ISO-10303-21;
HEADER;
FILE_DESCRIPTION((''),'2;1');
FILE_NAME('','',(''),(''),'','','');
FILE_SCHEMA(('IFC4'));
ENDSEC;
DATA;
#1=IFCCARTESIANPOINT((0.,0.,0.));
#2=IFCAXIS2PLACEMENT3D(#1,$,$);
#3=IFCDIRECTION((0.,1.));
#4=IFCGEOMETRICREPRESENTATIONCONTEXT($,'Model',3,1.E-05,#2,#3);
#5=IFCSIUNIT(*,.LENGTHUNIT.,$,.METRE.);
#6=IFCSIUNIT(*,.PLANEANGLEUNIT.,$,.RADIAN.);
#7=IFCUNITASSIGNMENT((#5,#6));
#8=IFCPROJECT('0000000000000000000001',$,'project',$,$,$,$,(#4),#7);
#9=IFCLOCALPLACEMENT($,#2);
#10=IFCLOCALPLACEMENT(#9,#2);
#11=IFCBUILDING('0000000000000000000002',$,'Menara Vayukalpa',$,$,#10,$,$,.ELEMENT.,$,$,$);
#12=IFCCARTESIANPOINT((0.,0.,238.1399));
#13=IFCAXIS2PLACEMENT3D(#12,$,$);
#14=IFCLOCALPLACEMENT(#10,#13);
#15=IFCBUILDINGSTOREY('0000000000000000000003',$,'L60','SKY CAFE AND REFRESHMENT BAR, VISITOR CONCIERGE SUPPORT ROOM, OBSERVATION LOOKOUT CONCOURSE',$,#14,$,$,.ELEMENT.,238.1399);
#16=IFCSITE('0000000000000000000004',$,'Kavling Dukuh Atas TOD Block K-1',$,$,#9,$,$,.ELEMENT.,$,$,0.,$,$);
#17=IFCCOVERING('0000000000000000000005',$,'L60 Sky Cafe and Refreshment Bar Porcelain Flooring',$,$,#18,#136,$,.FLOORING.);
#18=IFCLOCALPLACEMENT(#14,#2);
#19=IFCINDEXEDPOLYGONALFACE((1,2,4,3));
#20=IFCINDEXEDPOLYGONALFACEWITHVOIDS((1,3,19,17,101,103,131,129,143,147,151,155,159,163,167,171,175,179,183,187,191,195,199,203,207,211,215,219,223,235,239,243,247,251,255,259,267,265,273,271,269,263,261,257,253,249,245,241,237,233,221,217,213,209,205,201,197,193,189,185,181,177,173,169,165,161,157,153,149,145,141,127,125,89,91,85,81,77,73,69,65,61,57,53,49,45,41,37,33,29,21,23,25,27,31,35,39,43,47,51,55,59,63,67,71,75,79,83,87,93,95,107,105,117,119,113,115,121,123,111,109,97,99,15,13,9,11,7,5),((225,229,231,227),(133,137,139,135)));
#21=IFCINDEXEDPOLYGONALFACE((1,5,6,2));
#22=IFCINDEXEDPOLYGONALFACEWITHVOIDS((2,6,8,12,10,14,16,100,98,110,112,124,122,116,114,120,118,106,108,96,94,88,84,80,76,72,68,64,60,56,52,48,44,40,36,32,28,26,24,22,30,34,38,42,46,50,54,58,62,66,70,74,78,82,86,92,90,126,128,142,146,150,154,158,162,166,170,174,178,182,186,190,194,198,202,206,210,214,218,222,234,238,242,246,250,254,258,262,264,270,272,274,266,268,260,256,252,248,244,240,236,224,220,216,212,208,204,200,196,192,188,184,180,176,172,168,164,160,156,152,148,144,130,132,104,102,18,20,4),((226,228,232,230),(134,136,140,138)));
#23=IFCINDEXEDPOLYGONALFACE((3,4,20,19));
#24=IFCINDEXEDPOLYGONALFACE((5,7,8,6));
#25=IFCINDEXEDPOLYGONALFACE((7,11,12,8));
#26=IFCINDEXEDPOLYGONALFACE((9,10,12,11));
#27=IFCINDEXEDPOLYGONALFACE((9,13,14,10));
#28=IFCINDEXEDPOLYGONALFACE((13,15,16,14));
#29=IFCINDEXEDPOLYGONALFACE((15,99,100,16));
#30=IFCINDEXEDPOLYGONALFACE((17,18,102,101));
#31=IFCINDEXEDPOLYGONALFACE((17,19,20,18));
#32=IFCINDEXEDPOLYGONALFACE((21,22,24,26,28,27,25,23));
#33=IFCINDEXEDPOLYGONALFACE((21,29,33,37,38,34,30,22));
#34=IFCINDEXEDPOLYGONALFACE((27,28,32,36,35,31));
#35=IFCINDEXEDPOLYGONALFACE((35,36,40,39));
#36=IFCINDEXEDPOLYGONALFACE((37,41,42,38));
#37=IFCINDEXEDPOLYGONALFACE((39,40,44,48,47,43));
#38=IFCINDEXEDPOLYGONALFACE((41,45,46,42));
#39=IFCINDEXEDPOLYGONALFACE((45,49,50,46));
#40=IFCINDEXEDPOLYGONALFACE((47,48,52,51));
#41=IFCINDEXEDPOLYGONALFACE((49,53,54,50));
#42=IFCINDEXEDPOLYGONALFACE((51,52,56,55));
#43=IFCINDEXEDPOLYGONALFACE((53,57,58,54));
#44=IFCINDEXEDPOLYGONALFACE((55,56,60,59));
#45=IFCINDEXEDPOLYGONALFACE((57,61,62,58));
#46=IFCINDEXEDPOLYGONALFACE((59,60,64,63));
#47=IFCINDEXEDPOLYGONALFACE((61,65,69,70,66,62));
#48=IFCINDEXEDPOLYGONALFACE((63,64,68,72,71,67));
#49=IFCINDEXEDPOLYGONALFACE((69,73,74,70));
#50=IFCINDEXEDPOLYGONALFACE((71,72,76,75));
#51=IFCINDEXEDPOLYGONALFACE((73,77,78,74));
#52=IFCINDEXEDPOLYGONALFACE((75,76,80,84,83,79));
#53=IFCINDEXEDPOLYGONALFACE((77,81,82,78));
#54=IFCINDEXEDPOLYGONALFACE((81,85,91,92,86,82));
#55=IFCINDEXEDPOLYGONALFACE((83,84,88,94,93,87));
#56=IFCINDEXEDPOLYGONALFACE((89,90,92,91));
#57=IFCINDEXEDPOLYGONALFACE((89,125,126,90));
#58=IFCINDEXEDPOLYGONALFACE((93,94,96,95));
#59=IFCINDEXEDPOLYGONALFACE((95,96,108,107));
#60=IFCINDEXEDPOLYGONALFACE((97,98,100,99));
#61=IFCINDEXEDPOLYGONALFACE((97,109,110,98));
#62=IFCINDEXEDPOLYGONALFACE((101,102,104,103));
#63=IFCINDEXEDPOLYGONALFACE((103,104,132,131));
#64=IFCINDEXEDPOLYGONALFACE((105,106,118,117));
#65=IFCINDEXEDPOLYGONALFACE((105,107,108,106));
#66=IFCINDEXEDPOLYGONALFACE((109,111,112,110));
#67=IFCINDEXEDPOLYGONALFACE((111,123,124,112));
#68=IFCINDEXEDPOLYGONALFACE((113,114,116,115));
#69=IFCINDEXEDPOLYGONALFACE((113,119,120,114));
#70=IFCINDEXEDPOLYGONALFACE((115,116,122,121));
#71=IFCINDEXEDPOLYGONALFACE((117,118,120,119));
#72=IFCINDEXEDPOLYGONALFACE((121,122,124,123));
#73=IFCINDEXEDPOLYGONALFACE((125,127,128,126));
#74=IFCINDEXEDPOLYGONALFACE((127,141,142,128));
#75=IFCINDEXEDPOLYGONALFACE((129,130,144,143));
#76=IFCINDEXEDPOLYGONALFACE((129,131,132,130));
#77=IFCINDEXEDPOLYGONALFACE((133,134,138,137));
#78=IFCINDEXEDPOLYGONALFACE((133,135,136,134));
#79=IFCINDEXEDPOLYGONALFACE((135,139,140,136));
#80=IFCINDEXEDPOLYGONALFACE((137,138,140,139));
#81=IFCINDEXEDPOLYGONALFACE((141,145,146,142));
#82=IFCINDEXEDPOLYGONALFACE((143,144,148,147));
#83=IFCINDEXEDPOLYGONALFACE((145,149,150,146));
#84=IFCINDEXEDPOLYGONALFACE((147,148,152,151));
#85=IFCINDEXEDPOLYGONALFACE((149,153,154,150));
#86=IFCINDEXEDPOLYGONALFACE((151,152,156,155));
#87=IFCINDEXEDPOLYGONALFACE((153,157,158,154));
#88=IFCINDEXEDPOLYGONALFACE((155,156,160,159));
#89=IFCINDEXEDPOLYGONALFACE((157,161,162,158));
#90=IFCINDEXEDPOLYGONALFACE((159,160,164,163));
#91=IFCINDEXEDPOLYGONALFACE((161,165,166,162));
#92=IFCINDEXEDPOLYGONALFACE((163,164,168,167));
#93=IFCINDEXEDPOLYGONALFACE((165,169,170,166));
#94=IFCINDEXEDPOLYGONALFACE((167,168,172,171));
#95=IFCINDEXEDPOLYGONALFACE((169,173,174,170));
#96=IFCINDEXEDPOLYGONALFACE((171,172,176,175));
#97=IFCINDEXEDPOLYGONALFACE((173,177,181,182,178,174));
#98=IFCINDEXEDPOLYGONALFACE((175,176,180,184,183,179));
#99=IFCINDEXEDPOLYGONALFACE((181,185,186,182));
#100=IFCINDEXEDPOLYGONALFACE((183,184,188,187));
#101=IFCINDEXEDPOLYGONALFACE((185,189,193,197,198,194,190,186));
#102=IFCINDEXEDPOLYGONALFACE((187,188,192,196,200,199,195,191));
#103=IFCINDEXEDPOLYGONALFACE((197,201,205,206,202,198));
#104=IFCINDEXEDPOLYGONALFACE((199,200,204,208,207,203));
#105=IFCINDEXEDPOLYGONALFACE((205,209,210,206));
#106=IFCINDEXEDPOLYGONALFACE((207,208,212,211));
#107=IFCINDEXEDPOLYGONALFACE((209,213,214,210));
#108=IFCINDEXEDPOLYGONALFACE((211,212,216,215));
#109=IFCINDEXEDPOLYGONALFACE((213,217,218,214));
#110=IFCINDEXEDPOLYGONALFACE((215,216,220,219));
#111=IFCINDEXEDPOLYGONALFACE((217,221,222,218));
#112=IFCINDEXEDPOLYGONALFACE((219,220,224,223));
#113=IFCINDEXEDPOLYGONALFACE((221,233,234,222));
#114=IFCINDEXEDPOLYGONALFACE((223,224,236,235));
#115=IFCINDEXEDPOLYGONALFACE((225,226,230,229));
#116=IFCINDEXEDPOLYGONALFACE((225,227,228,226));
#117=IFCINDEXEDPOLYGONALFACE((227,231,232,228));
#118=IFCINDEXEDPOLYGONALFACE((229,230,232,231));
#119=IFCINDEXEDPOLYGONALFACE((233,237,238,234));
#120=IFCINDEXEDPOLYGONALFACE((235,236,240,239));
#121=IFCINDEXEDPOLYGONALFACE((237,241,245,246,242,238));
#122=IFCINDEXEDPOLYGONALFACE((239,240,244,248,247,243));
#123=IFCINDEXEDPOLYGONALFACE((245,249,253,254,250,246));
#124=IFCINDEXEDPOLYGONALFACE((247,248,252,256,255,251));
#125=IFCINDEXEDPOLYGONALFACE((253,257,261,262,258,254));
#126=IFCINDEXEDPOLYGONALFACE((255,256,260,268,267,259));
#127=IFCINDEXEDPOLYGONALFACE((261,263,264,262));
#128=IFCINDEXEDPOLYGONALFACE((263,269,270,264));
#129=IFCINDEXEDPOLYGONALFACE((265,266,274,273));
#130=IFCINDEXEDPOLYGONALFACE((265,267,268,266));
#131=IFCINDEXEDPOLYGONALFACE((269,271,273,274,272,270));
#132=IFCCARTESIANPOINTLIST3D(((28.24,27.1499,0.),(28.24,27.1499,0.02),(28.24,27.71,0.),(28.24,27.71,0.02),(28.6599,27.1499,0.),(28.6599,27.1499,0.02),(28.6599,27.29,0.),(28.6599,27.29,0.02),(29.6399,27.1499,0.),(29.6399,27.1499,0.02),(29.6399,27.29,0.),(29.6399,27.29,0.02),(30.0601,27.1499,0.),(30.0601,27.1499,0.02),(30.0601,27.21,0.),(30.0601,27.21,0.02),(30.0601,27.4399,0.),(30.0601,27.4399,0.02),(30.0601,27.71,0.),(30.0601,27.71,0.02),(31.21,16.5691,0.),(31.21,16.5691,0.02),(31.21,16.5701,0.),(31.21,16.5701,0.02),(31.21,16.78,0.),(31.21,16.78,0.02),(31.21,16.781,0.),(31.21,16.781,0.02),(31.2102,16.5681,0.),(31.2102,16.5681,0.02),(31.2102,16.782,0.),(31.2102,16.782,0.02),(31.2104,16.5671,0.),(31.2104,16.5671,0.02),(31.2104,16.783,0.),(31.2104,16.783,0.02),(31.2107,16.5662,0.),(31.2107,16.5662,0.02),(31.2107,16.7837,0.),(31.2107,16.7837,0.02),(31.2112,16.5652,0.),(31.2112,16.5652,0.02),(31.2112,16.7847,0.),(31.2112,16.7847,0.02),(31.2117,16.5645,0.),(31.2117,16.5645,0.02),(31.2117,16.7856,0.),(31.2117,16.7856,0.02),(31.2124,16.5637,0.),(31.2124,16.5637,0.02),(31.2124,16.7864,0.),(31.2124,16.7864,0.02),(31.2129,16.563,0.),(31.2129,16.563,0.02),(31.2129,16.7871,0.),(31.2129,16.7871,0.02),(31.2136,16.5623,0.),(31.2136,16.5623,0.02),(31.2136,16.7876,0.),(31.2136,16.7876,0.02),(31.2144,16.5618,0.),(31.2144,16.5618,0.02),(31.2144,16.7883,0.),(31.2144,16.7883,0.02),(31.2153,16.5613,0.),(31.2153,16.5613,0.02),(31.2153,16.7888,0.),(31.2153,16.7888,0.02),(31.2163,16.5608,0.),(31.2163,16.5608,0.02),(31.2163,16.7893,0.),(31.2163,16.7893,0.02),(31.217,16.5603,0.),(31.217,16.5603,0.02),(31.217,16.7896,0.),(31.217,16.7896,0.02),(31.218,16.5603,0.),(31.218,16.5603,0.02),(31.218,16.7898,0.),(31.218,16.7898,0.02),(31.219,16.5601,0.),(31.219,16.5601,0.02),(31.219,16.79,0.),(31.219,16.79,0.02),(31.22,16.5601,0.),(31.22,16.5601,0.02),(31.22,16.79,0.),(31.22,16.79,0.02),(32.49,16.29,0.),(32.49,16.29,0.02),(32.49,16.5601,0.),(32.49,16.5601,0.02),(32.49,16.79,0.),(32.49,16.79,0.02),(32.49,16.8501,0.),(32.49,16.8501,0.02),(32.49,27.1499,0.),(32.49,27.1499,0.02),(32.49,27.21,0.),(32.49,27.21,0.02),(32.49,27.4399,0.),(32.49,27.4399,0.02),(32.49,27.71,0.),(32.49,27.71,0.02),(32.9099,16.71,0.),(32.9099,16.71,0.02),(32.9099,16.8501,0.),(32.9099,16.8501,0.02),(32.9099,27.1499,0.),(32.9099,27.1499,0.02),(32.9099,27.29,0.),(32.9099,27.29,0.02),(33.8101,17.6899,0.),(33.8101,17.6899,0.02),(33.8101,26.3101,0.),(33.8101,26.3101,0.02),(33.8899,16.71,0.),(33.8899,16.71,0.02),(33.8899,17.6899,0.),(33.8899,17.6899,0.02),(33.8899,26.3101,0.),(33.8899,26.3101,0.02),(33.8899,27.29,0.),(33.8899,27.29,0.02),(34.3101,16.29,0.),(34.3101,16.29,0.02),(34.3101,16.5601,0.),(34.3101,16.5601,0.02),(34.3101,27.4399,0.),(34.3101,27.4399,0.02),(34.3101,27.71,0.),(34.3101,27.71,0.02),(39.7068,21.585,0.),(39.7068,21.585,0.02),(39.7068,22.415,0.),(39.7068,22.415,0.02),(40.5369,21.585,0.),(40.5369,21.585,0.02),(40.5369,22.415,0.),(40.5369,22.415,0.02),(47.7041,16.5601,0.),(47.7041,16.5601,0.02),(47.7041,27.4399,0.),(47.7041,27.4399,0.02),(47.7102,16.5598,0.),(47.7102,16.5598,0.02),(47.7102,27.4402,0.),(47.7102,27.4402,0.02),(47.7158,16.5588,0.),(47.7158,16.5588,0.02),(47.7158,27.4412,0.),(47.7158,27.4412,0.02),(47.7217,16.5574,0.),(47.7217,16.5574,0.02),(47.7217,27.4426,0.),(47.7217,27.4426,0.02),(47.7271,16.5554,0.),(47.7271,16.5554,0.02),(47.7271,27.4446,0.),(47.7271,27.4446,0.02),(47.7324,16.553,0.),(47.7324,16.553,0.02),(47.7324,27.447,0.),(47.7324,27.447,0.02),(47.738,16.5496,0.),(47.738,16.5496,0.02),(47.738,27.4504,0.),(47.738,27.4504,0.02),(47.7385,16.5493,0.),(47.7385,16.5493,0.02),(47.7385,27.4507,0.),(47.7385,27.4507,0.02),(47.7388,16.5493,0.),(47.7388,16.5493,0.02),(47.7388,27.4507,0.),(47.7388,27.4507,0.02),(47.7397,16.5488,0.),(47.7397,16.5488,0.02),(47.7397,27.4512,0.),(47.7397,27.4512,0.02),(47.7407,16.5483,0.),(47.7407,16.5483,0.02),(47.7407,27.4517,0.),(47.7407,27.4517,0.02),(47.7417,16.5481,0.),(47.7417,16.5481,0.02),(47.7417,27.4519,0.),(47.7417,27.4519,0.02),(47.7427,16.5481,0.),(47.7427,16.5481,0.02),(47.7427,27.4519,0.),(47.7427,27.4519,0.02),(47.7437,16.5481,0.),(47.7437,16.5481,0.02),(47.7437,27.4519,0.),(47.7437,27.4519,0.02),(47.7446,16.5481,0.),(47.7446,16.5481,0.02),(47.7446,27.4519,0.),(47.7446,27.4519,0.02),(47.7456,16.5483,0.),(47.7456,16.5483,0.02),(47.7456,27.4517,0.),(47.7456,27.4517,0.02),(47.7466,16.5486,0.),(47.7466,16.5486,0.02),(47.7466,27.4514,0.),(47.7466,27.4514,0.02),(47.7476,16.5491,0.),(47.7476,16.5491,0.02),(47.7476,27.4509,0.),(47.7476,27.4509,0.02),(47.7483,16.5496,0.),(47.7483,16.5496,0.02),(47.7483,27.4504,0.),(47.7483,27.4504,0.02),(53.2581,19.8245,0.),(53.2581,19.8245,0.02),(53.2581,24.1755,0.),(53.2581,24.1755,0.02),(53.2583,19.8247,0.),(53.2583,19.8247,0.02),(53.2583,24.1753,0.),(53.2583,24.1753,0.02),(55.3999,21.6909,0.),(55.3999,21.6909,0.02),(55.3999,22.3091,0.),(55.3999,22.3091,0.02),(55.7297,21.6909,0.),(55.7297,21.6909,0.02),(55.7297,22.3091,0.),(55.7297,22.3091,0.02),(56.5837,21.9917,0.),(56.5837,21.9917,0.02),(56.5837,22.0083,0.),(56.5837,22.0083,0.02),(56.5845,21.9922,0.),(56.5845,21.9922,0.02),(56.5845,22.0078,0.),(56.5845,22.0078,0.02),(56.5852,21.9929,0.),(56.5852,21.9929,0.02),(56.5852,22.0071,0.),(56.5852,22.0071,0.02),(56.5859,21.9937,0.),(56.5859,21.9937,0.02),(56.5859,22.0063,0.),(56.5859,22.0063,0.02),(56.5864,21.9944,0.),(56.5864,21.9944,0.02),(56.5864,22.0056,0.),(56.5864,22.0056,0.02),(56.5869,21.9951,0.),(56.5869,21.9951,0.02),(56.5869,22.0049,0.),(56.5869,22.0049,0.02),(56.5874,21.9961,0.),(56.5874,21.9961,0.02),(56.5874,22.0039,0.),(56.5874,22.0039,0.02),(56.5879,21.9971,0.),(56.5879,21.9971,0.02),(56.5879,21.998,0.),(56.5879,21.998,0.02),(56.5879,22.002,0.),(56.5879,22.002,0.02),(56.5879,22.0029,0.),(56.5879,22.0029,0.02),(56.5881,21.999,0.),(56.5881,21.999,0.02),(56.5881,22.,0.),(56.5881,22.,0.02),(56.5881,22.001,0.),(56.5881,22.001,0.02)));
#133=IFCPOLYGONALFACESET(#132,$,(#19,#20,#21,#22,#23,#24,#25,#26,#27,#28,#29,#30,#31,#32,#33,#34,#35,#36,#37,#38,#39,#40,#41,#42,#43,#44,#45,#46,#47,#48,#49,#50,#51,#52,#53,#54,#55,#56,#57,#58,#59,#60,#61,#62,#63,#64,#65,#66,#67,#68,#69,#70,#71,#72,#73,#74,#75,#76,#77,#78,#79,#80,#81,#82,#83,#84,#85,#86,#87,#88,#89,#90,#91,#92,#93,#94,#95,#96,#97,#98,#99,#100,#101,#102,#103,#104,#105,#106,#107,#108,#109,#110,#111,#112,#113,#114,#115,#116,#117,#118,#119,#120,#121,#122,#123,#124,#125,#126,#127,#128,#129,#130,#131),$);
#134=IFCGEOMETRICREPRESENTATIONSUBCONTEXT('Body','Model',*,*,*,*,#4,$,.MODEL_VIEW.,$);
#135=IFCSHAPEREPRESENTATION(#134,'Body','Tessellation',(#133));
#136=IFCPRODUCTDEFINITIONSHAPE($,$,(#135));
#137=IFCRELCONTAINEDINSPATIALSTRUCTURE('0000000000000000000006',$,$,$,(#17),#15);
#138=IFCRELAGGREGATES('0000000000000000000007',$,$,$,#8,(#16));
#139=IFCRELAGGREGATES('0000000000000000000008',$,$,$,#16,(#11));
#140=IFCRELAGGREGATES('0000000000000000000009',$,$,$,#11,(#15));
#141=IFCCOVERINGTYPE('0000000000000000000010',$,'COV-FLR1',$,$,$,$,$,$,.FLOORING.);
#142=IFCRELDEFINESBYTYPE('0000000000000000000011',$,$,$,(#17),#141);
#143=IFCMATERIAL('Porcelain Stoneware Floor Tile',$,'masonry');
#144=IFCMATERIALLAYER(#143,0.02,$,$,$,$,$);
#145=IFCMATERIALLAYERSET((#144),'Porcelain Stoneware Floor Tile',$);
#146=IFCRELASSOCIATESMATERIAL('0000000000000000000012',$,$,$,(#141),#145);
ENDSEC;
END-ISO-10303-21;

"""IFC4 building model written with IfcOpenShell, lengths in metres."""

from ifc_helpers import new_model, si_unit, direction, frame, origin, place, context, subcontext, project, spatial, polyline, outline, extrude, material, layer, layer_set, type_object, element, save


model = new_model("IFC4")

# Units and contexts
model_context = context("Model", 3, precision=1e-05, world=origin(), true_north=direction((0.0, 1.0)))
body_context = subcontext(model_context, "Body", "Model", "MODEL_VIEW")
ifc_project = project(units=[si_unit("LENGTHUNIT", "METRE"), si_unit("PLANEANGLEUNIT", "RADIAN")], contexts=[model_context])

# Site, building, storey
site_placement = place(None, origin())
site = spatial("IfcSite", under=ifc_project, at=site_placement, Name="Kavling Dukuh Atas TOD Block K-1", CompositionType="ELEMENT", RefElevation=0.0)
building_placement = place(site_placement, origin())
building = spatial("IfcBuilding", under=site, at=building_placement, Name="Menara Vayukalpa", CompositionType="ELEMENT")
storey_placement = place(building_placement, frame((0.0, 0.0, 238.1399)))
storey = spatial("IfcBuildingStorey", under=building, at=storey_placement, Name="L60", Description="SKY CAFE AND REFRESHMENT BAR, VISITOR CONCIERGE SUPPORT ROOM, OBSERVATION LOOKOUT CONCOURSE", CompositionType="ELEMENT", Elevation=238.1399)

# Covering
ifc_material_1 = material(Name="Porcelain Stoneware Floor Tile", Category="masonry")
ifc_layer_1 = layer(ifc_material_1, 0.02)
ifc_layer_set_1 = layer_set([ifc_layer_1], Name="Porcelain Stoneware Floor Tile")
covering_type_1 = type_object("IfcCoveringType", Name="COV-FLR1", PredefinedType="FLOORING", material=ifc_layer_set_1)
covering_1_placement = place(storey_placement, origin())
element("IfcCovering", 1, at=covering_1_placement, inside=storey, type_object=covering_type_1, Name="L60 Sky Cafe and Refreshment Bar Porcelain Flooring", PredefinedType="FLOORING", context=body_context, shape_type="SweptSolid", body=[
    extrude(outline(polyline([(31.219, 16.5601), (31.218, 16.5603), (31.217, 16.5603), (31.2163, 16.5608), (31.2153, 16.5613), (31.2144, 16.5618), (31.2136, 16.5623), (31.2129, 16.563), (31.2124, 16.5637), (31.2117, 16.5645), (31.2112, 16.5652), (31.2107, 16.5662), (31.2104, 16.5671), (31.2102, 16.5681), (31.21, 16.5691), (31.21, 16.5701), (31.21, 16.78), (31.21, 16.781), (31.2102, 16.782), (31.2104, 16.783), (31.2107, 16.7837), (31.2112, 16.7847), (31.2117, 16.7856), (31.2124, 16.7864), (31.2129, 16.7871), (31.2136, 16.7876), (31.2144, 16.7883), (31.2153, 16.7888), (31.2163, 16.7893), (31.217, 16.7896), (31.218, 16.7898), (31.219, 16.79), (31.22, 16.79), (32.49, 16.79), (32.49, 16.8501), (32.9099, 16.8501), (32.9099, 16.71), (33.8899, 16.71), (33.8899, 17.6899), (33.8101, 17.6899), (33.8101, 26.3101), (33.8899, 26.3101), (33.8899, 27.29), (32.9099, 27.29), (32.9099, 27.1499), (32.49, 27.1499), (32.49, 27.21), (30.0601, 27.21), (30.0601, 27.1499), (29.6399, 27.1499), (29.6399, 27.29), (28.6599, 27.29), (28.6599, 27.1499), (28.24, 27.1499), (28.24, 27.71), (30.0601, 27.71), (30.0601, 27.4399), (32.49, 27.4399), (32.49, 27.71), (34.3101, 27.71), (34.3101, 27.4399), (47.7041, 27.4399), (47.7102, 27.4402), (47.7158, 27.4412), (47.7217, 27.4426), (47.7271, 27.4446), (47.7324, 27.447), (47.738, 27.4504), (47.7385, 27.4507), (47.7388, 27.4507), (47.7397, 27.4512), (47.7407, 27.4517), (47.7417, 27.4519), (47.7427, 27.4519), (47.7437, 27.4519), (47.7446, 27.4519), (47.7456, 27.4517), (47.7466, 27.4514), (47.7476, 27.4509), (47.7483, 27.4504), (53.2581, 24.1755), (53.2583, 24.1753), (56.5837, 22.0083), (56.5845, 22.0078), (56.5852, 22.0071), (56.5859, 22.0063), (56.5864, 22.0056), (56.5869, 22.0049), (56.5874, 22.0039), (56.5879, 22.0029), (56.5879, 22.002), (56.5881, 22.001), (56.5881, 22.0), (56.5881, 21.999), (56.5879, 21.998), (56.5879, 21.9971), (56.5874, 21.9961), (56.5869, 21.9951), (56.5864, 21.9944), (56.5859, 21.9937), (56.5852, 21.9929), (56.5845, 21.9922), (56.5837, 21.9917), (53.2583, 19.8247), (53.2581, 19.8245), (47.7483, 16.5496), (47.7476, 16.5491), (47.7466, 16.5486), (47.7456, 16.5483), (47.7446, 16.5481), (47.7437, 16.5481), (47.7427, 16.5481), (47.7417, 16.5481), (47.7407, 16.5483), (47.7397, 16.5488), (47.7388, 16.5493), (47.7385, 16.5493), (47.738, 16.5496), (47.7324, 16.553), (47.7271, 16.5554), (47.7217, 16.5574), (47.7158, 16.5588), (47.7102, 16.5598), (47.7041, 16.5601), (34.3101, 16.5601), (34.3101, 16.29), (32.49, 16.29), (32.49, 16.5601), (31.22, 16.5601), (31.219, 16.5601)]), holes=[polyline([(40.5369, 22.415), (39.7068, 22.415), (39.7068, 21.585), (40.5369, 21.585), (40.5369, 22.415)]), polyline([(55.7297, 22.3091), (55.3999, 22.3091), (55.3999, 21.6909), (55.7297, 21.6909), (55.7297, 22.3091)])]), origin(), (0.0, 0.0, 1.0), 0.02),
])

save(model, "model.ifc")
